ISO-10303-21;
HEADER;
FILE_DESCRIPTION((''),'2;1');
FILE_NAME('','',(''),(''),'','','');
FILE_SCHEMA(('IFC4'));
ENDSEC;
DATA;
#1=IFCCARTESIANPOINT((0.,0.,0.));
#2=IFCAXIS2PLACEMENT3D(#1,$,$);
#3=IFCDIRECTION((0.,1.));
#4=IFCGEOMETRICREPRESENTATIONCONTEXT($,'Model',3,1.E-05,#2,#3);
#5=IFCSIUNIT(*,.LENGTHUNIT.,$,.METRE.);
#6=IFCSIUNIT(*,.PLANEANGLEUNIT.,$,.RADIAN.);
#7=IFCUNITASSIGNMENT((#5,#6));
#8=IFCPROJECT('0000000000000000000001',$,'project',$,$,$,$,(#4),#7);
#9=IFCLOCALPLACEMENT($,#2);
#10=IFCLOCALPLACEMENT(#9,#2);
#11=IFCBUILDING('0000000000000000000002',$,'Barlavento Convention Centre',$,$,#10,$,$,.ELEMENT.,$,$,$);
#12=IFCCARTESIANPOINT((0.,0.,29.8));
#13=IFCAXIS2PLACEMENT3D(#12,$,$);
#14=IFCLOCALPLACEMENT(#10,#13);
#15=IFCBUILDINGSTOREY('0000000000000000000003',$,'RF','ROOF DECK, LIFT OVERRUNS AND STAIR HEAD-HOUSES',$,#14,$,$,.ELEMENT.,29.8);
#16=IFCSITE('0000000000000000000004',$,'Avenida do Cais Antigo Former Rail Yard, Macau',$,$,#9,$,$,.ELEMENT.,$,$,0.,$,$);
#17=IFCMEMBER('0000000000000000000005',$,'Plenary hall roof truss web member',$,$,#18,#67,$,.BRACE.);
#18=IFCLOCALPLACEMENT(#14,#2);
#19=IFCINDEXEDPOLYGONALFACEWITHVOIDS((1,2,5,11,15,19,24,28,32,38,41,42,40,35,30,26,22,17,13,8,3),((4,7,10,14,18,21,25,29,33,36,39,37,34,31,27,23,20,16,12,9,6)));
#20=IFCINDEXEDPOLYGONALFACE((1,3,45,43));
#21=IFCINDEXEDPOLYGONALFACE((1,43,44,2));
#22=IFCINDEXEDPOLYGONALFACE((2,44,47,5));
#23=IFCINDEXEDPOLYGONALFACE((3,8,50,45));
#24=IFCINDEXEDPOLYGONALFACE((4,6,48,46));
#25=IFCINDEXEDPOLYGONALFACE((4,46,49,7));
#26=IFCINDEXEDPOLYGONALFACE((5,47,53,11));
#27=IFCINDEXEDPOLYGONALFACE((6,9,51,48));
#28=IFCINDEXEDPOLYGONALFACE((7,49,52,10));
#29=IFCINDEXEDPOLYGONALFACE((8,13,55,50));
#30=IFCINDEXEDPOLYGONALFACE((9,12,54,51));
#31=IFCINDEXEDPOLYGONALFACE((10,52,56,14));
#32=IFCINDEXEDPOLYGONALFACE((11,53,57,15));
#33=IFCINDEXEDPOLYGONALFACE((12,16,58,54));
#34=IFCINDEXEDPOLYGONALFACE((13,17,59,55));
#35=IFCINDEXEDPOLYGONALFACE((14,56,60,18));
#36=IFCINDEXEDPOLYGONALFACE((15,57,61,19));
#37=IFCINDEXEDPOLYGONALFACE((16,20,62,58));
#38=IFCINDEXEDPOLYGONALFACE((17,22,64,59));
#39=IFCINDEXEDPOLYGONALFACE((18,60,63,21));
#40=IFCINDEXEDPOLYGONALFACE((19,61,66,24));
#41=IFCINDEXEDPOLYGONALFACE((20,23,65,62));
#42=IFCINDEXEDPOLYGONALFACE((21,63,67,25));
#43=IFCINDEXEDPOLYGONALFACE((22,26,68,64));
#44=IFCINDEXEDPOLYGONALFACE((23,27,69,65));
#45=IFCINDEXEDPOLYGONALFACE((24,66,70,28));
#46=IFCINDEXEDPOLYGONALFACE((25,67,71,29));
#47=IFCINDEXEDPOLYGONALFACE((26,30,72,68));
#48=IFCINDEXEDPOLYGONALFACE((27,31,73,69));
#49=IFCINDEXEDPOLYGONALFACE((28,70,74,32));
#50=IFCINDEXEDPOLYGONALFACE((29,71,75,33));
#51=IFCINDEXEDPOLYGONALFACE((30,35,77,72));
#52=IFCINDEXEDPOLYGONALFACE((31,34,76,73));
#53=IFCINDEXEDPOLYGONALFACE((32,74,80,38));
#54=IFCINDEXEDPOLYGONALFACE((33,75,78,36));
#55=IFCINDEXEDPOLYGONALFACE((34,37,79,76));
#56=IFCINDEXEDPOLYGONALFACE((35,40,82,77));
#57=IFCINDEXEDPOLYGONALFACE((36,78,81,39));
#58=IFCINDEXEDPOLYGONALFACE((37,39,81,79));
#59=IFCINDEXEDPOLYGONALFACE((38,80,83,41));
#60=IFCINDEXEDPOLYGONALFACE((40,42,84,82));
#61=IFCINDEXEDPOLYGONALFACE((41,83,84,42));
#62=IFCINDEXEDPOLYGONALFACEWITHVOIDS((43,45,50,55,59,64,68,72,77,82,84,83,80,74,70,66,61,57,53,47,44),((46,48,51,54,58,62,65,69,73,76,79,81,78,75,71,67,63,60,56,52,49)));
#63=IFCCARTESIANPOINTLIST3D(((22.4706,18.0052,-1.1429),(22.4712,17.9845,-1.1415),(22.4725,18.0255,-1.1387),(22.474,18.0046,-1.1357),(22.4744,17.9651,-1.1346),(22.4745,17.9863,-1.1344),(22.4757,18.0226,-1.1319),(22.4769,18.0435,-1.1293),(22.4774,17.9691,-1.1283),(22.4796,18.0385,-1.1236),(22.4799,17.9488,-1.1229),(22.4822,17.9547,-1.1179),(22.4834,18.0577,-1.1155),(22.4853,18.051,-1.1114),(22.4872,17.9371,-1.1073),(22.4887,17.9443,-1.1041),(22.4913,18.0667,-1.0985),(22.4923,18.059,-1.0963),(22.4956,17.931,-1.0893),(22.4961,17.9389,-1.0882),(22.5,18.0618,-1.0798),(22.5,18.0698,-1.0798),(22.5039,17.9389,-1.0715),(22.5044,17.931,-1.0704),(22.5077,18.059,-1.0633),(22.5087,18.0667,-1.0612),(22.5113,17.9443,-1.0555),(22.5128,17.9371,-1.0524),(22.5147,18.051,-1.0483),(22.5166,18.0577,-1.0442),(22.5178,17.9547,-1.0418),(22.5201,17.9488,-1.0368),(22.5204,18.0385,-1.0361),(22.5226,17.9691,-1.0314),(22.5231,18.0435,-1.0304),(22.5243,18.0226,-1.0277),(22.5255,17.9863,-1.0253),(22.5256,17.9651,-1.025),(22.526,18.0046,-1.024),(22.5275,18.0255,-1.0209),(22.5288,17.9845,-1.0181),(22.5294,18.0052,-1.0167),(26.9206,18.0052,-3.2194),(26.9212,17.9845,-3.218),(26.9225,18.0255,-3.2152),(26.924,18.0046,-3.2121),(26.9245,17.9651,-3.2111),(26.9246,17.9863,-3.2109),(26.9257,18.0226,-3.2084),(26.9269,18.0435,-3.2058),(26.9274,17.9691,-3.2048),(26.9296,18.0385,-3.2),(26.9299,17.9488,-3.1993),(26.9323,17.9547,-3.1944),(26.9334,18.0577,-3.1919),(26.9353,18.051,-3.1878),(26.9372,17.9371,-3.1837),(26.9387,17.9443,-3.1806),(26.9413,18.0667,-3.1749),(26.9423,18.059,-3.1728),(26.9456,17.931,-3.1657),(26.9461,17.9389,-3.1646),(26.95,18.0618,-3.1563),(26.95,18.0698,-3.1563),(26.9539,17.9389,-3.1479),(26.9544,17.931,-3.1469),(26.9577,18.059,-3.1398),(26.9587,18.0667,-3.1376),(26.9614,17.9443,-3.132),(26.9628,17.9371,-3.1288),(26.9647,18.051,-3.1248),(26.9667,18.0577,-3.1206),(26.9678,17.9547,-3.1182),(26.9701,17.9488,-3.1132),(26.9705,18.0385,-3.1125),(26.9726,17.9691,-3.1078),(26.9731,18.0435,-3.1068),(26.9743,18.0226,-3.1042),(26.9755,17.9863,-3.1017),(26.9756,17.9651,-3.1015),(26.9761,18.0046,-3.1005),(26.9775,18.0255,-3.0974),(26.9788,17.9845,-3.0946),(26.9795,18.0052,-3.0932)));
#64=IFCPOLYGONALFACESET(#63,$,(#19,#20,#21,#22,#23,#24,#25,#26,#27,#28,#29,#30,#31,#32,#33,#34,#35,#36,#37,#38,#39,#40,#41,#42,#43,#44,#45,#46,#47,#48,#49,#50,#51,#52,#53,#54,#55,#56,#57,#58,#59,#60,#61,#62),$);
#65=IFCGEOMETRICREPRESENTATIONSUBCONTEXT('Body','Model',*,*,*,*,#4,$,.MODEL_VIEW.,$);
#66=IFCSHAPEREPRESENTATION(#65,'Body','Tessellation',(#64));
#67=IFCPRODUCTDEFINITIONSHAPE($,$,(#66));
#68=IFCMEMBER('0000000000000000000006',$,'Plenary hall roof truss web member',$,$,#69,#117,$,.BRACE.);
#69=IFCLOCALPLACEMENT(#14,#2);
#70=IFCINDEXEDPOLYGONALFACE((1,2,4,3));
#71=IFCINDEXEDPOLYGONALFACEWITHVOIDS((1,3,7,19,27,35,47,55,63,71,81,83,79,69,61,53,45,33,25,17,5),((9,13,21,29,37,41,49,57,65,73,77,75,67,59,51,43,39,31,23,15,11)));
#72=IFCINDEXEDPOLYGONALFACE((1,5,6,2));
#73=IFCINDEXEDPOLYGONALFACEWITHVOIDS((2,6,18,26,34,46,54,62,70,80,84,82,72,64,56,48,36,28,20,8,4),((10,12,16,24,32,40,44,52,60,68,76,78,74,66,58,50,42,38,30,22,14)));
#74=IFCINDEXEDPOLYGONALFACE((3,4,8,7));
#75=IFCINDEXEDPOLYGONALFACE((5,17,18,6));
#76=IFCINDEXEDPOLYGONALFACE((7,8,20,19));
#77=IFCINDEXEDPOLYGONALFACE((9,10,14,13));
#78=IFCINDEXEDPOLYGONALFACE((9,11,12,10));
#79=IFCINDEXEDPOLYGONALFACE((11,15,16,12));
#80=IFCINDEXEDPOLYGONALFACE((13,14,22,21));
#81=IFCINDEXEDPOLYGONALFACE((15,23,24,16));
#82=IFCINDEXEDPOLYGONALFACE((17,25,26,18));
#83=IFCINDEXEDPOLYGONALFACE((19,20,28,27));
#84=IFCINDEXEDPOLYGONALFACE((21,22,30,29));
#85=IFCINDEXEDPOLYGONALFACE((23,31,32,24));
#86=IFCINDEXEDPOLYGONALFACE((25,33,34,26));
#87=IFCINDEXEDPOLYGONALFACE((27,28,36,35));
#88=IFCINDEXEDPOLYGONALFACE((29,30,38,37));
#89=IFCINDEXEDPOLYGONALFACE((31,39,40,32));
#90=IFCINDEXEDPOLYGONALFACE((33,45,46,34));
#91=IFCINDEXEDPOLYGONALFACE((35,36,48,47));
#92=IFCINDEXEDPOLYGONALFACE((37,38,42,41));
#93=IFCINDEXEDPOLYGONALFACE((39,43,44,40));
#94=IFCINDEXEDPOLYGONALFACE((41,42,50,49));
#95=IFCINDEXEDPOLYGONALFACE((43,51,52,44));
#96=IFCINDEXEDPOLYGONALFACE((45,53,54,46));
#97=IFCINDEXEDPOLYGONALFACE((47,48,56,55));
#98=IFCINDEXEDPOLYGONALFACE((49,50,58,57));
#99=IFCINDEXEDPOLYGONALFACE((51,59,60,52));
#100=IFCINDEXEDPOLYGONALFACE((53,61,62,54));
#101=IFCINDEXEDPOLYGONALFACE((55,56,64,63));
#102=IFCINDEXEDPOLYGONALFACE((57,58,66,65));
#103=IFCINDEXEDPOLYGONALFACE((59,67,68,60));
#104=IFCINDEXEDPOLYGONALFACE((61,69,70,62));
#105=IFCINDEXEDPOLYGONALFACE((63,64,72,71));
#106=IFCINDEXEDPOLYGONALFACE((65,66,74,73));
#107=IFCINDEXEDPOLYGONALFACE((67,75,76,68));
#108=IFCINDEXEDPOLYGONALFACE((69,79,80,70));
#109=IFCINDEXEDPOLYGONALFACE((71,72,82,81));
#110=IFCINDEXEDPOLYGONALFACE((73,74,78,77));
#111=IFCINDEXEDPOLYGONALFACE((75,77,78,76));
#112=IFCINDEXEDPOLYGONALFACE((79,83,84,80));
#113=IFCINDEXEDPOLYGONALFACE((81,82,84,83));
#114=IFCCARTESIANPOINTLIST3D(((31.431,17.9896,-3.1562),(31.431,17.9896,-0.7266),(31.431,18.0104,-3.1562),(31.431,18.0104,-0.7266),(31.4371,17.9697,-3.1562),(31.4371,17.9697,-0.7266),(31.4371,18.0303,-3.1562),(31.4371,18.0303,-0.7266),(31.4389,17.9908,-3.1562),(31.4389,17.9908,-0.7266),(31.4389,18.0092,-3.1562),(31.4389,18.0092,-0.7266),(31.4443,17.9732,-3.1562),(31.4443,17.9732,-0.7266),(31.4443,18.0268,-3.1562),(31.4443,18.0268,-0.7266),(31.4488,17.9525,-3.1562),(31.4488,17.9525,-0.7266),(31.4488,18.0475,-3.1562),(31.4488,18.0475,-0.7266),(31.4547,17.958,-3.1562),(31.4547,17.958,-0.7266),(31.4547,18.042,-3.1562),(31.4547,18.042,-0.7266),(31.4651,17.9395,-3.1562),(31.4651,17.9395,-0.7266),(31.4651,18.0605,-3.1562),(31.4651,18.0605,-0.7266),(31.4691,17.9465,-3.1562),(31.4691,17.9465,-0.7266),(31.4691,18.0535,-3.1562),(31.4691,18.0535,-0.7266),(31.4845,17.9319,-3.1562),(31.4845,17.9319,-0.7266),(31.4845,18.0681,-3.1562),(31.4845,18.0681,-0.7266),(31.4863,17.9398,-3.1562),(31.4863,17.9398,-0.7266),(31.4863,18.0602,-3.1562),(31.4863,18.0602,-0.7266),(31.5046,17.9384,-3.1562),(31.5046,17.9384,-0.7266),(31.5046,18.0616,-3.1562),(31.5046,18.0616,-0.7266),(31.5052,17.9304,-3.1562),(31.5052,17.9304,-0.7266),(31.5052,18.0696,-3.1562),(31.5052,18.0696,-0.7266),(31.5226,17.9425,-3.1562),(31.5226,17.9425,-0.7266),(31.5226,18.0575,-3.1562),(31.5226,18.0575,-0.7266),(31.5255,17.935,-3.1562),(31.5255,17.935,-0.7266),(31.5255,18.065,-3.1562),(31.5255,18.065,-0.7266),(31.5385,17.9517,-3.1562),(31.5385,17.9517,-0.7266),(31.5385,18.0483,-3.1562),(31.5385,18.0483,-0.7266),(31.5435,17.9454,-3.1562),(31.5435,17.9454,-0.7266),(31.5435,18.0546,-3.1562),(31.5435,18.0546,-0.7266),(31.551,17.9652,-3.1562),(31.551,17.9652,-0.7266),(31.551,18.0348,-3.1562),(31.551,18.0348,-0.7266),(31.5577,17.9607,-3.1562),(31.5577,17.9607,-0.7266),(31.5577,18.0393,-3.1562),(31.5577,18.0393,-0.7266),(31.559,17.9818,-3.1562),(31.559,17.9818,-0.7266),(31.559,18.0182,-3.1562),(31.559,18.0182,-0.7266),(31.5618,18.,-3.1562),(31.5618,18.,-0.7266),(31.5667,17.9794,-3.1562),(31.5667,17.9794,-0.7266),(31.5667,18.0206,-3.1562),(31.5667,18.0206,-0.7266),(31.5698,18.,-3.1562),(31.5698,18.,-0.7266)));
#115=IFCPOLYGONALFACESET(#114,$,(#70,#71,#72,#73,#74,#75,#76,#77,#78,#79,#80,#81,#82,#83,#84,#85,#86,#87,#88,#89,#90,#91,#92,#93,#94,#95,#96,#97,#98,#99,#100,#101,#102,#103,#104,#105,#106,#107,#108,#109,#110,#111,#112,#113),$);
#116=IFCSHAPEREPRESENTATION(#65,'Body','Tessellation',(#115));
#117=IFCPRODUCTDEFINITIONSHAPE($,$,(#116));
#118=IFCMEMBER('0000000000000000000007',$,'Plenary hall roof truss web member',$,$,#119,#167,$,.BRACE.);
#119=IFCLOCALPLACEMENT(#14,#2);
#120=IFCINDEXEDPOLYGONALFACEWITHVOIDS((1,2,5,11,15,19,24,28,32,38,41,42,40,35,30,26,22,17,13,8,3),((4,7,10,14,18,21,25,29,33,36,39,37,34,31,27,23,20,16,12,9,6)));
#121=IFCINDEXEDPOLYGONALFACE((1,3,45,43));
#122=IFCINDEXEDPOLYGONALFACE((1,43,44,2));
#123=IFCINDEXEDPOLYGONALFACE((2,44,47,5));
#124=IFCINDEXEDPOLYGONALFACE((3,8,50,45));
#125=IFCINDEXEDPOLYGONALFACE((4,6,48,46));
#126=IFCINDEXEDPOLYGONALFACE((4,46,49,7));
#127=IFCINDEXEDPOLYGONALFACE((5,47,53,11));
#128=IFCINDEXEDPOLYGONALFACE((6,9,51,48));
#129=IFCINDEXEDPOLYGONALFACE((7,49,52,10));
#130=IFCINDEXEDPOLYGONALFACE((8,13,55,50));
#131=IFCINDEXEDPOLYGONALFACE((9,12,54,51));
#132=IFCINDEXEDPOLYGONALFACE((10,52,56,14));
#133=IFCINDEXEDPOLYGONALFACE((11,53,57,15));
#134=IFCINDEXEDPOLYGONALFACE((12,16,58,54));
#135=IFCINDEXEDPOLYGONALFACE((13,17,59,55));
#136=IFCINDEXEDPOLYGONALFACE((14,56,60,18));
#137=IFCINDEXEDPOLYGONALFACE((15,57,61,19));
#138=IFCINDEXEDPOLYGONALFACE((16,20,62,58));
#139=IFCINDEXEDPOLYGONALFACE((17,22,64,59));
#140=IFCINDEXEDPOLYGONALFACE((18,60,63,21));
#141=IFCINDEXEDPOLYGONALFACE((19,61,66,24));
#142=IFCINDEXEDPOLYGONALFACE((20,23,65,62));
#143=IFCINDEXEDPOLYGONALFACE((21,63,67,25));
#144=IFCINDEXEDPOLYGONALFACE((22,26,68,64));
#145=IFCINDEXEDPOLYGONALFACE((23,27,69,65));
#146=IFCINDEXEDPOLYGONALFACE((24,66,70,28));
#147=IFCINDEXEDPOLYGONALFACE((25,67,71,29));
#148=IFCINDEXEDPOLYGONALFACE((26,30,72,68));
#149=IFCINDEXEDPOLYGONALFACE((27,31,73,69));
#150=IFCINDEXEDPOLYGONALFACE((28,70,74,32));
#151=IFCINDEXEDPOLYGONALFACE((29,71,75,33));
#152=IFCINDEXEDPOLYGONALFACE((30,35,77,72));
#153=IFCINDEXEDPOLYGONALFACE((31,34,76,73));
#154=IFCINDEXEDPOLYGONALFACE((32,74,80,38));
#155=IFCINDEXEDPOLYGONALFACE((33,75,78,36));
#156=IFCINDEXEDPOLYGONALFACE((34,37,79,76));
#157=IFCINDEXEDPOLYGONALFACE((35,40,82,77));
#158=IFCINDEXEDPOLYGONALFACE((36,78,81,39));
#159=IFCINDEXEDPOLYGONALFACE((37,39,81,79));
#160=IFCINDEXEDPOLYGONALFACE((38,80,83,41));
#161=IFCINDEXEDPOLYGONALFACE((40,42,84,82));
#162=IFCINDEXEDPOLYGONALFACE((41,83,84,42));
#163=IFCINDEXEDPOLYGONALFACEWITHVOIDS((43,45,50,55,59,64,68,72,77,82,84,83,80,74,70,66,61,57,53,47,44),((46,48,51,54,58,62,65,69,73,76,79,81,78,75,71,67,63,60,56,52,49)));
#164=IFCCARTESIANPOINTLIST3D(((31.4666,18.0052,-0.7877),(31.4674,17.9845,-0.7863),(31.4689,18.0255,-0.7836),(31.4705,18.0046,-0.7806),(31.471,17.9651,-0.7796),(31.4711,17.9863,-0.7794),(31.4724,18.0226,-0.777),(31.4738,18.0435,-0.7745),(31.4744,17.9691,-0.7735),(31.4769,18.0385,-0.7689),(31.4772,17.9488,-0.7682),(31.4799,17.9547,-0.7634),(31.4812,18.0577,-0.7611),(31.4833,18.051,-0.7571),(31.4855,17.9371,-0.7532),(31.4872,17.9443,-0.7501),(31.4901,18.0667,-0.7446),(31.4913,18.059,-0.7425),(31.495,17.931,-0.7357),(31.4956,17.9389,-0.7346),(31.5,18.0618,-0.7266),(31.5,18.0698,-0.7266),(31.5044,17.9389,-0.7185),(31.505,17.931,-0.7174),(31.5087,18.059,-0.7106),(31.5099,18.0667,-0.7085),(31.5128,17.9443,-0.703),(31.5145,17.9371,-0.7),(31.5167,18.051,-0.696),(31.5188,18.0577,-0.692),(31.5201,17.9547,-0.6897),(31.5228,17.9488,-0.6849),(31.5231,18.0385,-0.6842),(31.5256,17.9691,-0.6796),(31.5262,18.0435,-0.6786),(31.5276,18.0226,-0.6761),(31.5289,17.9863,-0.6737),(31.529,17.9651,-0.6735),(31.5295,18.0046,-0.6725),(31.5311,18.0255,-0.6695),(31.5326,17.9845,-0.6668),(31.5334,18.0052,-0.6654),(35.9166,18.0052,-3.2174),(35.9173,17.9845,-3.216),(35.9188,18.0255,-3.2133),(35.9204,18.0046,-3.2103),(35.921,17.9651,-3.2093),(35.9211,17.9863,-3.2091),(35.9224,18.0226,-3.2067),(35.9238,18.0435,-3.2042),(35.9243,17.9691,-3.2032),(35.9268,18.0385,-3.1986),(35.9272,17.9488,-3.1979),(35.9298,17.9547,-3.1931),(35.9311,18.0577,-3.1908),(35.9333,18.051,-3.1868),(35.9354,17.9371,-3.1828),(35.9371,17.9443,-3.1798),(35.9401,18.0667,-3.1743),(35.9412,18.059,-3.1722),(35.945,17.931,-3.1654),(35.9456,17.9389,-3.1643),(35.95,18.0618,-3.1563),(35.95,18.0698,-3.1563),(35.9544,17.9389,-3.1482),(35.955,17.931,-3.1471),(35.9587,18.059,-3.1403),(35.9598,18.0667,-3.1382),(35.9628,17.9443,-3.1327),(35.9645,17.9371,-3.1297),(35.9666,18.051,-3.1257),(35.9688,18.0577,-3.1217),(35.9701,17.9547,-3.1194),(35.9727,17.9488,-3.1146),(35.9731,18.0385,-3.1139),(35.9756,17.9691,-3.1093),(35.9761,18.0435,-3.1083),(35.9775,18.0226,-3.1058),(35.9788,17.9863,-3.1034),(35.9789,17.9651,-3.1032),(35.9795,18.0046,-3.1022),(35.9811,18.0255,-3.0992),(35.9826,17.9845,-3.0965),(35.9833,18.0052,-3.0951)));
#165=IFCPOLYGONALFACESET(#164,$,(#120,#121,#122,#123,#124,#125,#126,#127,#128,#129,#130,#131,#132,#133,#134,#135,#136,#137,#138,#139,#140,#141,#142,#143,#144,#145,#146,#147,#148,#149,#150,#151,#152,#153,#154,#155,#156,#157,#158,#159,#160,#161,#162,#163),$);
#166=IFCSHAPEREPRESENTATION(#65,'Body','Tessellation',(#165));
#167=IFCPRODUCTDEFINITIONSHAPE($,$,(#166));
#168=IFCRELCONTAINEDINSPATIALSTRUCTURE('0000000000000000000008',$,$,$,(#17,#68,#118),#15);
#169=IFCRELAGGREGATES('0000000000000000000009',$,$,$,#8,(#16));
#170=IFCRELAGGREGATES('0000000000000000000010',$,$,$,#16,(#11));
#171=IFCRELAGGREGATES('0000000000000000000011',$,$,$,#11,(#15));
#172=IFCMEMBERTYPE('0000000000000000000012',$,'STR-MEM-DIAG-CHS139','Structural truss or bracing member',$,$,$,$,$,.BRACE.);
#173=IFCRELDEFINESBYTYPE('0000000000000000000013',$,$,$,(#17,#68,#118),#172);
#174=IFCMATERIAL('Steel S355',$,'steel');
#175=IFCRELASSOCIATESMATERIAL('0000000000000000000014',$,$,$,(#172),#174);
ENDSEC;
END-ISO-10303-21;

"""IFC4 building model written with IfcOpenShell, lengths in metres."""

from ifc_helpers import new_model, si_unit, direction, frame, origin, origin_2d, place, context, subcontext, project, spatial, hollow_circle, extrude, material, material_profile, profile_set, type_object, element, save


model = new_model("IFC4")

# Units and contexts
model_context = context("Model", 3, precision=1e-05, world=origin(), true_north=direction((0.0, 1.0)))
body_context = subcontext(model_context, "Body", "Model", "MODEL_VIEW")
ifc_project = project(units=[si_unit("LENGTHUNIT", "METRE"), si_unit("PLANEANGLEUNIT", "RADIAN")], contexts=[model_context])

# Site, building, storey
site_placement = place(None, origin())
site = spatial("IfcSite", under=ifc_project, at=site_placement, Name="Avenida do Cais Antigo Former Rail Yard, Macau", CompositionType="ELEMENT", RefElevation=0.0)
building_placement = place(site_placement, origin())
building = spatial("IfcBuilding", under=site, at=building_placement, Name="Barlavento Convention Centre", CompositionType="ELEMENT")
storey_placement = place(building_placement, frame((0.0, 0.0, 29.8)))
storey = spatial("IfcBuildingStorey", under=building, at=storey_placement, Name="RF", Description="ROOF DECK, LIFT OVERRUNS AND STAIR HEAD-HOUSES", CompositionType="ELEMENT", Elevation=29.8)

# Members
ifc_material_1 = material(Name="Steel S355", Category="steel")
ifc_material_profile_1 = material_profile(ifc_material_1, hollow_circle(Radius=0.0698, WallThickness=0.0081, at=origin_2d()), Name="CHS 139.7x8.0")
ifc_profile_set_1 = profile_set([ifc_material_profile_1], Name="Steel S355")
member_type_1 = type_object("IfcMemberType", Name="STR-MEM-DIAG-CHS139", Description="Structural truss or bracing member", PredefinedType="BRACE", material=ifc_profile_set_1)
member_1_placement = place(storey_placement, frame((22.5, 18.0, -1.0798), z_axis=(0.906201, 0.0, -0.422847), x_axis=(0.0, 1.0, 0.0)))
element("IfcMember", 1, at=member_1_placement, inside=storey, type_object=member_type_1, Name="Plenary hall roof truss web member", PredefinedType="BRACE", context=body_context, shape_type="SweptSolid", body=[
    extrude(hollow_circle(Radius=0.0698, WallThickness=0.0081, at=origin_2d()), origin(), (0.0, 0.0, 1.0), 4.9106),
])
member_2_placement = place(storey_placement, frame((31.5, 18.0, -3.1562), z_axis=(0.0, 0.0, 1.0), x_axis=(1.0, 0.0, 0.0)))
element("IfcMember", 2, at=member_2_placement, inside=storey, type_object=member_type_1, Name="Plenary hall roof truss web member", PredefinedType="BRACE", context=body_context, shape_type="SweptSolid", body=[
    extrude(hollow_circle(Radius=0.0698, WallThickness=0.0081, at=origin_2d()), origin(), (0.0, 0.0, 1.0), 2.4297),
])
member_3_placement = place(storey_placement, frame((31.5, 18.0, -0.7266), z_axis=(0.877693, 0.0, -0.479223), x_axis=(0.0, 1.0, 0.0)))
element("IfcMember", 3, at=member_3_placement, inside=storey, type_object=member_type_1, Name="Plenary hall roof truss web member", PredefinedType="BRACE", context=body_context, shape_type="SweptSolid", body=[
    extrude(hollow_circle(Radius=0.0698, WallThickness=0.0081, at=origin_2d()), origin(), (0.0, 0.0, 1.0), 5.0701),
])

save(model, "model.ifc")
